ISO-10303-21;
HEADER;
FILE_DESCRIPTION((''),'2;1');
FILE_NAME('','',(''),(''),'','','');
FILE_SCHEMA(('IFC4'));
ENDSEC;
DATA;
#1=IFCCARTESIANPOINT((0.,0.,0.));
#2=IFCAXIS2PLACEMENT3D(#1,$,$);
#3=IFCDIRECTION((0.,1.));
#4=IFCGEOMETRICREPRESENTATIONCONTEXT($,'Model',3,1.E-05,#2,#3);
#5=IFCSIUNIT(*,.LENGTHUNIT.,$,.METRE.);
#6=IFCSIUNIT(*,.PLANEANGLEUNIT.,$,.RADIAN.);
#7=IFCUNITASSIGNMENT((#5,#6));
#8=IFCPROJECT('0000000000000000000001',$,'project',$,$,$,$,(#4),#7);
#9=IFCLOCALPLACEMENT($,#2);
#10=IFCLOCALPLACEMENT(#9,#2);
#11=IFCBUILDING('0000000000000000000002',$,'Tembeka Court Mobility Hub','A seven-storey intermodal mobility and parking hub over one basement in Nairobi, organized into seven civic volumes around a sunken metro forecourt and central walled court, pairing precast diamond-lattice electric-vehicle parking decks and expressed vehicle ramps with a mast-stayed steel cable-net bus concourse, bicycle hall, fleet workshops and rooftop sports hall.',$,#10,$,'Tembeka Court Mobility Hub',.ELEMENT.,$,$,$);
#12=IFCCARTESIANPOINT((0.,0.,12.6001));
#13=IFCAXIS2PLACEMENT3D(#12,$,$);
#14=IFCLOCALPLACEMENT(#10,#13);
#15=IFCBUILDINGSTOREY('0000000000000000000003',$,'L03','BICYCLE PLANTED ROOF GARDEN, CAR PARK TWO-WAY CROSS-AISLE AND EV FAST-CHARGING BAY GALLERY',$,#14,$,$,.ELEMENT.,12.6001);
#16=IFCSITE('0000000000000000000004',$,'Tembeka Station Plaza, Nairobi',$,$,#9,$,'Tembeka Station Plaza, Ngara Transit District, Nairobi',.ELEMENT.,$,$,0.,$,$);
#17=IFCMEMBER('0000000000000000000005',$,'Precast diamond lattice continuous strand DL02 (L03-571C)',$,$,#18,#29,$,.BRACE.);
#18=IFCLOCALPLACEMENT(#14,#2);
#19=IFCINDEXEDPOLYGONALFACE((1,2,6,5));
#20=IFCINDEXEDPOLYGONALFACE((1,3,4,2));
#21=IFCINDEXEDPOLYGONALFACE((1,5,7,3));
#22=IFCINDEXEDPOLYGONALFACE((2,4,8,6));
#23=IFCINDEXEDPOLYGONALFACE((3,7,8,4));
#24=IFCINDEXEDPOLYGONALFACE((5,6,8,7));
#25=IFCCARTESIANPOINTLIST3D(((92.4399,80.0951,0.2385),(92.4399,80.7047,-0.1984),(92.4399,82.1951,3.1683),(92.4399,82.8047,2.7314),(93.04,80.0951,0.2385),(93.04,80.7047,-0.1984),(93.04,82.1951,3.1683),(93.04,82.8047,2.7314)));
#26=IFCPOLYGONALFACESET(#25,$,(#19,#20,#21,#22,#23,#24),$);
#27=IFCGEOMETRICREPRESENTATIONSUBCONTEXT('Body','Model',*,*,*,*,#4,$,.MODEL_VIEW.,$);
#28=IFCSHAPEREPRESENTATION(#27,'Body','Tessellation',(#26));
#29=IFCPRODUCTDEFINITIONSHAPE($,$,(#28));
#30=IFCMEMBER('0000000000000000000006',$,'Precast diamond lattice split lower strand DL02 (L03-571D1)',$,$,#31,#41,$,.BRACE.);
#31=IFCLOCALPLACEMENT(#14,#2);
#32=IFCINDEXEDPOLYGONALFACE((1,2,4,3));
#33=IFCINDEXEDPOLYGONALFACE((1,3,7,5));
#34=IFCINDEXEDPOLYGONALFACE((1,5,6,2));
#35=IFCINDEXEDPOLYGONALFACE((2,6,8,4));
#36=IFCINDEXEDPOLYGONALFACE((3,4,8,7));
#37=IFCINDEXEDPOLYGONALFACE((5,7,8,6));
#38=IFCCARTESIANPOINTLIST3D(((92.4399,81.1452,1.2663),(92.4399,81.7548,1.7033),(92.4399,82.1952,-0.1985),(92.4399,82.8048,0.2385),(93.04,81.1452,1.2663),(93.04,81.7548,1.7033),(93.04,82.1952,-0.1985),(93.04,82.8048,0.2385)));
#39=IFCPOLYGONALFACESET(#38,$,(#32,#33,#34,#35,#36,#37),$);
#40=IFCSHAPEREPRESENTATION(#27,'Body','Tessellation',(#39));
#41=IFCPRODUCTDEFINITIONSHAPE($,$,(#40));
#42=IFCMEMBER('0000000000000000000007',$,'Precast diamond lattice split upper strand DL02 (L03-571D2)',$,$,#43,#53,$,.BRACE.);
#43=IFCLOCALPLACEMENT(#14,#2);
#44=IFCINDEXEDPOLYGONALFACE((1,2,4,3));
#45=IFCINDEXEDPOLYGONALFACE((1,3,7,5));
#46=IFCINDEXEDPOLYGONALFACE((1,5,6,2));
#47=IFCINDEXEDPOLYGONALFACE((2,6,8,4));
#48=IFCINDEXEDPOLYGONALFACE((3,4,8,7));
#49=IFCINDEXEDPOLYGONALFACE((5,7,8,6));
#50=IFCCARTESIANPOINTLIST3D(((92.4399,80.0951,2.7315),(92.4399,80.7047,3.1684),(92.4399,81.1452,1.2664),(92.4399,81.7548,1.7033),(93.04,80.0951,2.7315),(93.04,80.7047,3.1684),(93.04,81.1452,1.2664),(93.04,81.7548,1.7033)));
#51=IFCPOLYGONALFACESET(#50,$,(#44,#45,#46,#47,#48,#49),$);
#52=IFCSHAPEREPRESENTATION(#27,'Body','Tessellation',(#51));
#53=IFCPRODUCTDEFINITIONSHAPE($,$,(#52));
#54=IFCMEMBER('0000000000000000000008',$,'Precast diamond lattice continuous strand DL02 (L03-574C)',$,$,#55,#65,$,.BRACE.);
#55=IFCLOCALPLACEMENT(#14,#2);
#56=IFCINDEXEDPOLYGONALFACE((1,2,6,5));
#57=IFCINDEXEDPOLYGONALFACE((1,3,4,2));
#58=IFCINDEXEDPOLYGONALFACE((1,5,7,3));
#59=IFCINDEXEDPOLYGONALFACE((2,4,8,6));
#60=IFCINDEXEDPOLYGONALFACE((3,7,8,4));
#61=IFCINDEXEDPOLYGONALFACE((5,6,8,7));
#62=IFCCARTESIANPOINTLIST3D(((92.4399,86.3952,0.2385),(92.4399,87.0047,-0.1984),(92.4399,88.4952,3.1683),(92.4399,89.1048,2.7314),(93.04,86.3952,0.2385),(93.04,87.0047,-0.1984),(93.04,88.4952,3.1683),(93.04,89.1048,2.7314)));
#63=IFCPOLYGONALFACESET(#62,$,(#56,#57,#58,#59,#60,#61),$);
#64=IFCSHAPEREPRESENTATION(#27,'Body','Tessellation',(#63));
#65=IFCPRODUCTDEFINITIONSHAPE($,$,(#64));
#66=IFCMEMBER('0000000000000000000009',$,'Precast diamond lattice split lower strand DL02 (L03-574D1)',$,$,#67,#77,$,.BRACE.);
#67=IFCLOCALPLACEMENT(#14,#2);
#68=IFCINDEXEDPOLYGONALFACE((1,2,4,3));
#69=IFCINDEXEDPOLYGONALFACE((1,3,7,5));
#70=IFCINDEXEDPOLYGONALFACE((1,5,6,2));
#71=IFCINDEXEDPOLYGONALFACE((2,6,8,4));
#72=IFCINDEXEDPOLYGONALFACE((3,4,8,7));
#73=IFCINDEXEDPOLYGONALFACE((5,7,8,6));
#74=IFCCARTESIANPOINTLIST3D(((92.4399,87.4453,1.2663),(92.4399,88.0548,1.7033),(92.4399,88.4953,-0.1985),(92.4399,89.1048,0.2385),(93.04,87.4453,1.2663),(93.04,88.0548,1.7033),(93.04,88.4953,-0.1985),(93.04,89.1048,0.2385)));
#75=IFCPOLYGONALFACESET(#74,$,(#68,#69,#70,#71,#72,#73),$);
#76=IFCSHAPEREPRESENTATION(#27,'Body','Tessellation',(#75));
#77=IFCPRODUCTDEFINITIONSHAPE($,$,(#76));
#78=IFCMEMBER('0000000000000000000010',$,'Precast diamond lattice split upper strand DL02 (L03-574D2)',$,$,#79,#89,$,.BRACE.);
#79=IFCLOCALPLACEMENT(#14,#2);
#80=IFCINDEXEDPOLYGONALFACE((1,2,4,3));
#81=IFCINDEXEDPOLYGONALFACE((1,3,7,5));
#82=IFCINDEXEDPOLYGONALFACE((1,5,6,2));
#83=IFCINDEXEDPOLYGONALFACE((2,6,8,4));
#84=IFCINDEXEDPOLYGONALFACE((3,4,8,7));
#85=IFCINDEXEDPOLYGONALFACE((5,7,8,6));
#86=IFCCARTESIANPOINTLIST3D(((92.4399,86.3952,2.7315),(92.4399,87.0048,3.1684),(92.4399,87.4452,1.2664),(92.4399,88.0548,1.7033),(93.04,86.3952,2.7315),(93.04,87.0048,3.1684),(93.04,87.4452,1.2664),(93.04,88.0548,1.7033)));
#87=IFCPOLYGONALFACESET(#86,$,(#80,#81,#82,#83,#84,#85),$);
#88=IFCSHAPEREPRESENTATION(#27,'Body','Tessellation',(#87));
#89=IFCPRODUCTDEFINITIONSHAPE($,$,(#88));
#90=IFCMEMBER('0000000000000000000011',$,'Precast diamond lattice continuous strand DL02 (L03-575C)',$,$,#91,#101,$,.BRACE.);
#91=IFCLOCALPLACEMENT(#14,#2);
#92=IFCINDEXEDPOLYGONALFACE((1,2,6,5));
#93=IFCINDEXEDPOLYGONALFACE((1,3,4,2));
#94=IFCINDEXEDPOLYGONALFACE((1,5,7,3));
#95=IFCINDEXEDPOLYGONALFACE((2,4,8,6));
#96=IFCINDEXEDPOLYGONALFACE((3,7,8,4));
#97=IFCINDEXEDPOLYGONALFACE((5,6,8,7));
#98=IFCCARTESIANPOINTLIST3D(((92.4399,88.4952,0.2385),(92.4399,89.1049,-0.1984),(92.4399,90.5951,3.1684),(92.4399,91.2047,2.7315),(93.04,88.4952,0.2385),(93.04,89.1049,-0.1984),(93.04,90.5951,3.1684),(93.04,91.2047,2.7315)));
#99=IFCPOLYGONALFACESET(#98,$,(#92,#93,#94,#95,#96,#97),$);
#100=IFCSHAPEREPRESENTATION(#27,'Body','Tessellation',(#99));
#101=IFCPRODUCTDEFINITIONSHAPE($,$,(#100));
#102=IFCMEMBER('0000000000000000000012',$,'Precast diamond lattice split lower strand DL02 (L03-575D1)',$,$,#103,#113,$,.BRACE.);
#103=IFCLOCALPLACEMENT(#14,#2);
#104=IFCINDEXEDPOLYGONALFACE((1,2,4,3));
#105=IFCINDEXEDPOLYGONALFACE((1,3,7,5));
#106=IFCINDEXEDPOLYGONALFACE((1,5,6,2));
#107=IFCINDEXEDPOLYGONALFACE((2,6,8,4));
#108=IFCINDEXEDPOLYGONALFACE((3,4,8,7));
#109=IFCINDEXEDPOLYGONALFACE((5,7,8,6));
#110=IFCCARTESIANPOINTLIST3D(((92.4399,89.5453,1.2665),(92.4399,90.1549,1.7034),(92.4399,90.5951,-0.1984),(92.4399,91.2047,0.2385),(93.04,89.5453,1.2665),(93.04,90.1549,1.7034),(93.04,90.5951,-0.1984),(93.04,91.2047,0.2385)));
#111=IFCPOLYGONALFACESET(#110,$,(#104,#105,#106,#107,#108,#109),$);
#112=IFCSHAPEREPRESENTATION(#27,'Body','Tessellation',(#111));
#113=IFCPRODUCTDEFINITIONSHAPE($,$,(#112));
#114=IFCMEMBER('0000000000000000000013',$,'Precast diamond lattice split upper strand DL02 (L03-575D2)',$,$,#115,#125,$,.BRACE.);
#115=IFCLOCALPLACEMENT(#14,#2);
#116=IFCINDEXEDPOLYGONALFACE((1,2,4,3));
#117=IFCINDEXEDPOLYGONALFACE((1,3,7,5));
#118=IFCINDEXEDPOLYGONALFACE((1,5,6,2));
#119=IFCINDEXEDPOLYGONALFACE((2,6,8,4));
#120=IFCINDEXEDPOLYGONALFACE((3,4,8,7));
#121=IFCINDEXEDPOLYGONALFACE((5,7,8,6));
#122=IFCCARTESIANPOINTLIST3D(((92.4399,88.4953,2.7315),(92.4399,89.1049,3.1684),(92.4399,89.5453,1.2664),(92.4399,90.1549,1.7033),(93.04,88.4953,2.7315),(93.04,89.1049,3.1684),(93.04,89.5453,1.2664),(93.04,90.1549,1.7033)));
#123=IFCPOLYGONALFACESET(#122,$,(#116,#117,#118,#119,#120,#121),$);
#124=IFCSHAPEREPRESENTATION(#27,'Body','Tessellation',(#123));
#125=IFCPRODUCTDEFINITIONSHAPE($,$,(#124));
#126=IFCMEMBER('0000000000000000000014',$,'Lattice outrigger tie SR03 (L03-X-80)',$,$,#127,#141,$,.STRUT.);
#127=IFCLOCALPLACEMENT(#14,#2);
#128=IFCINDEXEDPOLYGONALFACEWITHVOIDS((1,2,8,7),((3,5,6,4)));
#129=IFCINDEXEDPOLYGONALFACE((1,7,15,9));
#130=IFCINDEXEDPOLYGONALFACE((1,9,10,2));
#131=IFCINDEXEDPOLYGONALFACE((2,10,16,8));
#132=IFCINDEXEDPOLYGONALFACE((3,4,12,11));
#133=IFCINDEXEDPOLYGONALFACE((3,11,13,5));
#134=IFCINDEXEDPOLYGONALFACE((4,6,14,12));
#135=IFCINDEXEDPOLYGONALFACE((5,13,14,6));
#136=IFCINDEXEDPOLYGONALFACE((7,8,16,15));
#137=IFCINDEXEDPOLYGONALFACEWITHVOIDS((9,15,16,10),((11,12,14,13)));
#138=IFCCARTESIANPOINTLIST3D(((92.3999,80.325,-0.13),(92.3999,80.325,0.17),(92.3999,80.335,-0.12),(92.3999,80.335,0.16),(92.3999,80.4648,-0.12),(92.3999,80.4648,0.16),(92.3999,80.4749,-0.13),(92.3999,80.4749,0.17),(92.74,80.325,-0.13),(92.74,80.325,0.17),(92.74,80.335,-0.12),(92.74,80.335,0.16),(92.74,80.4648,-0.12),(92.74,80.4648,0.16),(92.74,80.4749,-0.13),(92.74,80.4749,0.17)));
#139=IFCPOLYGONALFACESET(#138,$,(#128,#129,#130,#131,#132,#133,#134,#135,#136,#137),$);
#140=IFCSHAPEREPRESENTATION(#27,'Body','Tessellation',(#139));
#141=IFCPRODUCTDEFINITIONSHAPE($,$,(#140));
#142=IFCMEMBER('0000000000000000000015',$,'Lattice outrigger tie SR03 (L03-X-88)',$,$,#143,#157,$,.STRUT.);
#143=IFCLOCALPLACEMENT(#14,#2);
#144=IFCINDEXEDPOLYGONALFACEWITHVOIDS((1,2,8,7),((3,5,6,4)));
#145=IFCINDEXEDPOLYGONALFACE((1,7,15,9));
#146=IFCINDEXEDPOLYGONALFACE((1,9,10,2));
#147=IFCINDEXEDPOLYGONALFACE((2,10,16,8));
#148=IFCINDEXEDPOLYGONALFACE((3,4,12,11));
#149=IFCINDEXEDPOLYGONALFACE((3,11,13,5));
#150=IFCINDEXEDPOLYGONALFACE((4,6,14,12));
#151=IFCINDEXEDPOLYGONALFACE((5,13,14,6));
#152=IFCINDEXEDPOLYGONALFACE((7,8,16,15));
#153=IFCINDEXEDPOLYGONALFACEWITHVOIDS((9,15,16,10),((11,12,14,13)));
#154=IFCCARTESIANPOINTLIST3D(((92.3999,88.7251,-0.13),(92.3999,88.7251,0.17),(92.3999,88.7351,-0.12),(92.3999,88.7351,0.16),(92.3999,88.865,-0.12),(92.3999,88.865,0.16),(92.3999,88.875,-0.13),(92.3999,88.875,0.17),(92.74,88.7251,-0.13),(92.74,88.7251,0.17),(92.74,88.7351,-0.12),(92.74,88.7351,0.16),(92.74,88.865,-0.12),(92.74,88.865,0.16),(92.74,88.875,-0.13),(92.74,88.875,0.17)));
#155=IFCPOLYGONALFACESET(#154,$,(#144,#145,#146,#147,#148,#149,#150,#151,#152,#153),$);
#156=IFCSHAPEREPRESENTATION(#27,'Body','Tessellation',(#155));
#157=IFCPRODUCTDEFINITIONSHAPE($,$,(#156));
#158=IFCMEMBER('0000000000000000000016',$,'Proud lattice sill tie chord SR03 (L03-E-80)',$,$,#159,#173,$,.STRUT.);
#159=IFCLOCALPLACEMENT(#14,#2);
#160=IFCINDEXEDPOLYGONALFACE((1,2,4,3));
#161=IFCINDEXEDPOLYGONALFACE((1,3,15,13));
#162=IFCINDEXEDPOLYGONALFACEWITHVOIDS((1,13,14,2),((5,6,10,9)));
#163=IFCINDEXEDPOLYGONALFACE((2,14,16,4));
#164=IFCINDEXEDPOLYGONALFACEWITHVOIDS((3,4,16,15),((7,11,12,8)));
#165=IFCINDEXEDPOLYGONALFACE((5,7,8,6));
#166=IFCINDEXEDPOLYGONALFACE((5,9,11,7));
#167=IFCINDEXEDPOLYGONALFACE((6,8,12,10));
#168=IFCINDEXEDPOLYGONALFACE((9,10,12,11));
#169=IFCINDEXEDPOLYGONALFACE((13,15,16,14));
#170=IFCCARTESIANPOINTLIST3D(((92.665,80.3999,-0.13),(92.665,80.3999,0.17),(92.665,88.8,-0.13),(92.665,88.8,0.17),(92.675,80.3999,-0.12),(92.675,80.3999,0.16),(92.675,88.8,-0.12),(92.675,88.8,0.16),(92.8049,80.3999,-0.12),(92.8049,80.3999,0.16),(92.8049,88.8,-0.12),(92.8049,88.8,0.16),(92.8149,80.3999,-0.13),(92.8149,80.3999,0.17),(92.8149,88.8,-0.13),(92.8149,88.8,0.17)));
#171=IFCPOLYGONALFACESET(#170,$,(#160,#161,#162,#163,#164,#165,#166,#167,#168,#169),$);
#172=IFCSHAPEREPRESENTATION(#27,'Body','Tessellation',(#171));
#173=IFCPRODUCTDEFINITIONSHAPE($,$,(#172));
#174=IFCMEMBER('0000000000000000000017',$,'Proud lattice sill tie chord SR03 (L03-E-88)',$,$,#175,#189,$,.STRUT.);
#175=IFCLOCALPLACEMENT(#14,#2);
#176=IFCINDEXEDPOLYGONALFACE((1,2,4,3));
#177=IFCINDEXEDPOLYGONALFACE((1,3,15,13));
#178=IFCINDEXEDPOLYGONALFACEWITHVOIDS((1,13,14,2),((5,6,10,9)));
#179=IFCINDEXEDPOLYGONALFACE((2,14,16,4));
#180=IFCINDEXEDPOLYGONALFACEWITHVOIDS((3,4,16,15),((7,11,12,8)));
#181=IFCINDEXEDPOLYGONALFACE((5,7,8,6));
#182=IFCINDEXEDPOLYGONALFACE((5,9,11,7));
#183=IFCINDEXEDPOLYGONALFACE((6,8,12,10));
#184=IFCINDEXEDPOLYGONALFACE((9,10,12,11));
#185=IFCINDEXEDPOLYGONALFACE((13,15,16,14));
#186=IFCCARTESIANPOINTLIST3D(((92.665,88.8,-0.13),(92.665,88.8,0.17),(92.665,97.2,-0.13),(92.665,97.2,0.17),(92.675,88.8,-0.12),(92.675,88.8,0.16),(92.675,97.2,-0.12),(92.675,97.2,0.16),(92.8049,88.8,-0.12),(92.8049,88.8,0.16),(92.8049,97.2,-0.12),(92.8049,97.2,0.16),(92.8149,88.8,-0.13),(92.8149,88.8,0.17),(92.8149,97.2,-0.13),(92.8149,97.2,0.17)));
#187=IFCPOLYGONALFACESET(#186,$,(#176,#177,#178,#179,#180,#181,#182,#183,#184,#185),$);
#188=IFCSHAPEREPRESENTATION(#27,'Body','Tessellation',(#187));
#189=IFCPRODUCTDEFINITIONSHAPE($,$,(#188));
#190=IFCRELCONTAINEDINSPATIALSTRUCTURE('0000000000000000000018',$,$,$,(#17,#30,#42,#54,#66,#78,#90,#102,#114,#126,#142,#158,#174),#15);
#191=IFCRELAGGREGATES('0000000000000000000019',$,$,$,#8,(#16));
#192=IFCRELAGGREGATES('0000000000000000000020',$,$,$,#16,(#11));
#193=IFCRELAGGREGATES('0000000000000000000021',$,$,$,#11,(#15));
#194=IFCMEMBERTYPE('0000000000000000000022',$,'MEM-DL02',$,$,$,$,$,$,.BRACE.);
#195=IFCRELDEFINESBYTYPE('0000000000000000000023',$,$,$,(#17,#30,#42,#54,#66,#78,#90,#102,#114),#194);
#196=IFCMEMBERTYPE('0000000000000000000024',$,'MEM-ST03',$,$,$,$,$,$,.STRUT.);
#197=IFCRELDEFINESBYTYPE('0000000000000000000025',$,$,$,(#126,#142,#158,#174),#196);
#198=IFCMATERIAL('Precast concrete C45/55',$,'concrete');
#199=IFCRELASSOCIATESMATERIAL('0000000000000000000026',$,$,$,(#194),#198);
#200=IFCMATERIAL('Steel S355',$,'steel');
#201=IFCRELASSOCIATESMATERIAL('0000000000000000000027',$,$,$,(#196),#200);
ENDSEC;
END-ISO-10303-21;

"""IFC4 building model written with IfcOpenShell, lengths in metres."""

from ifc_helpers import new_model, si_unit, direction, frame, origin, origin_2d, place, context, subcontext, project, spatial, rectangle, hollow_rectangle, extrude, material, material_profile, profile_set, type_object, element, save


model = new_model("IFC4")

# Units and contexts
model_context = context("Model", 3, precision=1e-05, world=origin(), true_north=direction((0.0, 1.0)))
body_context = subcontext(model_context, "Body", "Model", "MODEL_VIEW")
ifc_project = project(units=[si_unit("LENGTHUNIT", "METRE"), si_unit("PLANEANGLEUNIT", "RADIAN")], contexts=[model_context])

# Site, building, storey
site_placement = place(None, origin())
site = spatial("IfcSite", under=ifc_project, at=site_placement, Name="Tembeka Station Plaza, Nairobi", LongName="Tembeka Station Plaza, Ngara Transit District, Nairobi", CompositionType="ELEMENT", RefElevation=0.0)
building_placement = place(site_placement, origin())
building = spatial("IfcBuilding", under=site, at=building_placement, Name="Tembeka Court Mobility Hub", Description="A seven-storey intermodal mobility and parking hub over one basement in Nairobi, organized into seven civic volumes around a sunken metro forecourt and central walled court, pairing precast diamond-lattice electric-vehicle parking decks and expressed vehicle ramps with a mast-stayed steel cable-net bus concourse, bicycle hall, fleet workshops and rooftop sports hall.", LongName="Tembeka Court Mobility Hub", CompositionType="ELEMENT")
storey_placement = place(building_placement, frame((0.0, 0.0, 12.6001)))
storey = spatial("IfcBuildingStorey", under=building, at=storey_placement, Name="L03", Description="BICYCLE PLANTED ROOF GARDEN, CAR PARK TWO-WAY CROSS-AISLE AND EV FAST-CHARGING BAY GALLERY", CompositionType="ELEMENT", Elevation=12.6001)

# Shared definitions
ifc_material_1 = material(Name="Steel S355", Category="steel")

# Members
ifc_material_2 = material(Name="Precast concrete C45/55", Category="concrete")
ifc_material_profile_1 = material_profile(ifc_material_2, rectangle(XDim=0.6001, YDim=0.75, at=origin_2d()), Name="PC-DIAG 600x750")
ifc_profile_set_1 = profile_set([ifc_material_profile_1], Name="Precast concrete C45/55")
member_type_1 = type_object("IfcMemberType", Name="MEM-DL02", PredefinedType="BRACE", material=ifc_profile_set_1)
member_1_placement = place(storey_placement, frame((92.74, 80.3999, 0.02), z_axis=(0.0, 0.582576, 0.812776), x_axis=(-1.0, 0.0, 0.0)))
element("IfcMember", 1, at=member_1_placement, inside=storey, type_object=member_type_1, Name="Precast diamond lattice continuous strand DL02 (L03-571C)", PredefinedType="BRACE", context=body_context, shape_type="SweptSolid", body=[
    extrude(rectangle(XDim=0.6001, YDim=0.75, at=origin_2d()), origin(), (0.0, 0.0, 1.0), 3.6047),
])
member_2_placement = place(storey_placement, frame((92.74, 82.5, 0.02), z_axis=(0.0, -0.582608, 0.812753), x_axis=(1.0, 0.0, 0.0)))
element("IfcMember", 2, at=member_2_placement, inside=storey, type_object=member_type_1, Name="Precast diamond lattice split lower strand DL02 (L03-571D1)", PredefinedType="BRACE", context=body_context, shape_type="SweptSolid", body=[
    extrude(rectangle(XDim=0.6001, YDim=0.75, at=origin_2d()), origin(), (0.0, 0.0, 1.0), 1.8022),
])
member_3_placement = place(storey_placement, frame((92.74, 81.45, 1.4849), z_axis=(0.0, -0.582544, 0.812799), x_axis=(1.0, 0.0, 0.0)))
element("IfcMember", 3, at=member_3_placement, inside=storey, type_object=member_type_1, Name="Precast diamond lattice split upper strand DL02 (L03-571D2)", PredefinedType="BRACE", context=body_context, shape_type="SweptSolid", body=[
    extrude(rectangle(XDim=0.6001, YDim=0.75, at=origin_2d()), origin(), (0.0, 0.0, 1.0), 1.8025),
])
member_4_placement = place(storey_placement, frame((92.74, 86.7, 0.02), z_axis=(0.0, 0.582576, 0.812776), x_axis=(-1.0, 0.0, 0.0)))
element("IfcMember", 4, at=member_4_placement, inside=storey, type_object=member_type_1, Name="Precast diamond lattice continuous strand DL02 (L03-574C)", PredefinedType="BRACE", context=body_context, shape_type="SweptSolid", body=[
    extrude(rectangle(XDim=0.6001, YDim=0.75, at=origin_2d()), origin(), (0.0, 0.0, 1.0), 3.6047),
])
member_5_placement = place(storey_placement, frame((92.74, 88.8, 0.02), z_axis=(0.0, -0.582608, 0.812753), x_axis=(1.0, 0.0, 0.0)))
element("IfcMember", 5, at=member_5_placement, inside=storey, type_object=member_type_1, Name="Precast diamond lattice split lower strand DL02 (L03-574D1)", PredefinedType="BRACE", context=body_context, shape_type="SweptSolid", body=[
    extrude(rectangle(XDim=0.6001, YDim=0.75, at=origin_2d()), origin(), (0.0, 0.0, 1.0), 1.8022),
])
member_6_placement = place(storey_placement, frame((92.74, 87.75, 1.4849), z_axis=(0.0, -0.582544, 0.812799), x_axis=(1.0, 0.0, 0.0)))
element("IfcMember", 6, at=member_6_placement, inside=storey, type_object=member_type_1, Name="Precast diamond lattice split upper strand DL02 (L03-574D2)", PredefinedType="BRACE", context=body_context, shape_type="SweptSolid", body=[
    extrude(rectangle(XDim=0.6001, YDim=0.75, at=origin_2d()), origin(), (0.0, 0.0, 1.0), 1.8025),
])
member_7_placement = place(storey_placement, frame((92.74, 88.8, 0.02), z_axis=(0.0, 0.582532, 0.812808), x_axis=(-1.0, 0.0, 0.0)))
element("IfcMember", 7, at=member_7_placement, inside=storey, type_object=member_type_1, Name="Precast diamond lattice continuous strand DL02 (L03-575C)", PredefinedType="BRACE", context=body_context, shape_type="SweptSolid", body=[
    extrude(rectangle(XDim=0.6001, YDim=0.75, at=origin_2d()), origin(), (0.0, 0.0, 1.0), 3.6047),
])
member_8_placement = place(storey_placement, frame((92.74, 90.8999, 0.02), z_axis=(0.0, -0.582519, 0.812817), x_axis=(1.0, 0.0, 0.0)))
element("IfcMember", 8, at=member_8_placement, inside=storey, type_object=member_type_1, Name="Precast diamond lattice split lower strand DL02 (L03-575D1)", PredefinedType="BRACE", context=body_context, shape_type="SweptSolid", body=[
    extrude(rectangle(XDim=0.6001, YDim=0.75, at=origin_2d()), origin(), (0.0, 0.0, 1.0), 1.8022),
])
member_9_placement = place(storey_placement, frame((92.74, 89.8501, 1.4849), z_axis=(0.0, -0.582544, 0.812799), x_axis=(1.0, 0.0, 0.0)))
element("IfcMember", 9, at=member_9_placement, inside=storey, type_object=member_type_1, Name="Precast diamond lattice split upper strand DL02 (L03-575D2)", PredefinedType="BRACE", context=body_context, shape_type="SweptSolid", body=[
    extrude(rectangle(XDim=0.6001, YDim=0.75, at=origin_2d()), origin(), (0.0, 0.0, 1.0), 1.8025),
])
ifc_material_profile_2 = material_profile(ifc_material_1, hollow_rectangle(XDim=0.1499, YDim=0.3, WallThickness=0.01, at=origin_2d()), Name="RHS 300x150x10")
ifc_profile_set_2 = profile_set([ifc_material_profile_2], Name="Steel S355")
member_type_2 = type_object("IfcMemberType", Name="MEM-ST03", PredefinedType="STRUT", material=ifc_profile_set_2)
for number, where, z_axis, x_axis, name in (
    (10, (92.3999, 80.3999, 0.02), (1.0, 0.0, 0.0), (0.0, 1.0, 0.0), "Lattice outrigger tie SR03 (L03-X-80)"),
    (11, (92.3999, 88.8, 0.02), (1.0, 0.0, 0.0), (0.0, 1.0, 0.0), "Lattice outrigger tie SR03 (L03-X-88)"),
):
    element("IfcMember", number, at=place(storey_placement, frame(where, z_axis=z_axis, x_axis=x_axis)), inside=storey, type_object=member_type_2, Name=name, PredefinedType="STRUT", context=body_context, shape_type="SweptSolid", body=[
        extrude(hollow_rectangle(XDim=0.1499, YDim=0.3, WallThickness=0.01, at=origin_2d()), origin(), (0.0, 0.0, 1.0), 0.3401),
    ])
member_10_placement = place(storey_placement, frame((92.74, 80.3999, 0.02), z_axis=(0.0, 1.0, 0.0), x_axis=(-1.0, 0.0, 0.0)))
element("IfcMember", 12, at=member_10_placement, inside=storey, type_object=member_type_2, Name="Proud lattice sill tie chord SR03 (L03-E-80)", PredefinedType="STRUT", context=body_context, shape_type="SweptSolid", body=[
    extrude(hollow_rectangle(XDim=0.1499, YDim=0.3, WallThickness=0.01, at=origin_2d()), origin(), (0.0, 0.0, 1.0), 8.4001),
])
member_11_placement = place(storey_placement, frame((92.74, 88.8, 0.02), z_axis=(0.0, 1.0, 0.0), x_axis=(-1.0, 0.0, 0.0)))
element("IfcMember", 13, at=member_11_placement, inside=storey, type_object=member_type_2, Name="Proud lattice sill tie chord SR03 (L03-E-88)", PredefinedType="STRUT", context=body_context, shape_type="SweptSolid", body=[
    extrude(hollow_rectangle(XDim=0.1499, YDim=0.3, WallThickness=0.01, at=origin_2d()), origin(), (0.0, 0.0, 1.0), 8.3999),
])

save(model, "model.ifc")
